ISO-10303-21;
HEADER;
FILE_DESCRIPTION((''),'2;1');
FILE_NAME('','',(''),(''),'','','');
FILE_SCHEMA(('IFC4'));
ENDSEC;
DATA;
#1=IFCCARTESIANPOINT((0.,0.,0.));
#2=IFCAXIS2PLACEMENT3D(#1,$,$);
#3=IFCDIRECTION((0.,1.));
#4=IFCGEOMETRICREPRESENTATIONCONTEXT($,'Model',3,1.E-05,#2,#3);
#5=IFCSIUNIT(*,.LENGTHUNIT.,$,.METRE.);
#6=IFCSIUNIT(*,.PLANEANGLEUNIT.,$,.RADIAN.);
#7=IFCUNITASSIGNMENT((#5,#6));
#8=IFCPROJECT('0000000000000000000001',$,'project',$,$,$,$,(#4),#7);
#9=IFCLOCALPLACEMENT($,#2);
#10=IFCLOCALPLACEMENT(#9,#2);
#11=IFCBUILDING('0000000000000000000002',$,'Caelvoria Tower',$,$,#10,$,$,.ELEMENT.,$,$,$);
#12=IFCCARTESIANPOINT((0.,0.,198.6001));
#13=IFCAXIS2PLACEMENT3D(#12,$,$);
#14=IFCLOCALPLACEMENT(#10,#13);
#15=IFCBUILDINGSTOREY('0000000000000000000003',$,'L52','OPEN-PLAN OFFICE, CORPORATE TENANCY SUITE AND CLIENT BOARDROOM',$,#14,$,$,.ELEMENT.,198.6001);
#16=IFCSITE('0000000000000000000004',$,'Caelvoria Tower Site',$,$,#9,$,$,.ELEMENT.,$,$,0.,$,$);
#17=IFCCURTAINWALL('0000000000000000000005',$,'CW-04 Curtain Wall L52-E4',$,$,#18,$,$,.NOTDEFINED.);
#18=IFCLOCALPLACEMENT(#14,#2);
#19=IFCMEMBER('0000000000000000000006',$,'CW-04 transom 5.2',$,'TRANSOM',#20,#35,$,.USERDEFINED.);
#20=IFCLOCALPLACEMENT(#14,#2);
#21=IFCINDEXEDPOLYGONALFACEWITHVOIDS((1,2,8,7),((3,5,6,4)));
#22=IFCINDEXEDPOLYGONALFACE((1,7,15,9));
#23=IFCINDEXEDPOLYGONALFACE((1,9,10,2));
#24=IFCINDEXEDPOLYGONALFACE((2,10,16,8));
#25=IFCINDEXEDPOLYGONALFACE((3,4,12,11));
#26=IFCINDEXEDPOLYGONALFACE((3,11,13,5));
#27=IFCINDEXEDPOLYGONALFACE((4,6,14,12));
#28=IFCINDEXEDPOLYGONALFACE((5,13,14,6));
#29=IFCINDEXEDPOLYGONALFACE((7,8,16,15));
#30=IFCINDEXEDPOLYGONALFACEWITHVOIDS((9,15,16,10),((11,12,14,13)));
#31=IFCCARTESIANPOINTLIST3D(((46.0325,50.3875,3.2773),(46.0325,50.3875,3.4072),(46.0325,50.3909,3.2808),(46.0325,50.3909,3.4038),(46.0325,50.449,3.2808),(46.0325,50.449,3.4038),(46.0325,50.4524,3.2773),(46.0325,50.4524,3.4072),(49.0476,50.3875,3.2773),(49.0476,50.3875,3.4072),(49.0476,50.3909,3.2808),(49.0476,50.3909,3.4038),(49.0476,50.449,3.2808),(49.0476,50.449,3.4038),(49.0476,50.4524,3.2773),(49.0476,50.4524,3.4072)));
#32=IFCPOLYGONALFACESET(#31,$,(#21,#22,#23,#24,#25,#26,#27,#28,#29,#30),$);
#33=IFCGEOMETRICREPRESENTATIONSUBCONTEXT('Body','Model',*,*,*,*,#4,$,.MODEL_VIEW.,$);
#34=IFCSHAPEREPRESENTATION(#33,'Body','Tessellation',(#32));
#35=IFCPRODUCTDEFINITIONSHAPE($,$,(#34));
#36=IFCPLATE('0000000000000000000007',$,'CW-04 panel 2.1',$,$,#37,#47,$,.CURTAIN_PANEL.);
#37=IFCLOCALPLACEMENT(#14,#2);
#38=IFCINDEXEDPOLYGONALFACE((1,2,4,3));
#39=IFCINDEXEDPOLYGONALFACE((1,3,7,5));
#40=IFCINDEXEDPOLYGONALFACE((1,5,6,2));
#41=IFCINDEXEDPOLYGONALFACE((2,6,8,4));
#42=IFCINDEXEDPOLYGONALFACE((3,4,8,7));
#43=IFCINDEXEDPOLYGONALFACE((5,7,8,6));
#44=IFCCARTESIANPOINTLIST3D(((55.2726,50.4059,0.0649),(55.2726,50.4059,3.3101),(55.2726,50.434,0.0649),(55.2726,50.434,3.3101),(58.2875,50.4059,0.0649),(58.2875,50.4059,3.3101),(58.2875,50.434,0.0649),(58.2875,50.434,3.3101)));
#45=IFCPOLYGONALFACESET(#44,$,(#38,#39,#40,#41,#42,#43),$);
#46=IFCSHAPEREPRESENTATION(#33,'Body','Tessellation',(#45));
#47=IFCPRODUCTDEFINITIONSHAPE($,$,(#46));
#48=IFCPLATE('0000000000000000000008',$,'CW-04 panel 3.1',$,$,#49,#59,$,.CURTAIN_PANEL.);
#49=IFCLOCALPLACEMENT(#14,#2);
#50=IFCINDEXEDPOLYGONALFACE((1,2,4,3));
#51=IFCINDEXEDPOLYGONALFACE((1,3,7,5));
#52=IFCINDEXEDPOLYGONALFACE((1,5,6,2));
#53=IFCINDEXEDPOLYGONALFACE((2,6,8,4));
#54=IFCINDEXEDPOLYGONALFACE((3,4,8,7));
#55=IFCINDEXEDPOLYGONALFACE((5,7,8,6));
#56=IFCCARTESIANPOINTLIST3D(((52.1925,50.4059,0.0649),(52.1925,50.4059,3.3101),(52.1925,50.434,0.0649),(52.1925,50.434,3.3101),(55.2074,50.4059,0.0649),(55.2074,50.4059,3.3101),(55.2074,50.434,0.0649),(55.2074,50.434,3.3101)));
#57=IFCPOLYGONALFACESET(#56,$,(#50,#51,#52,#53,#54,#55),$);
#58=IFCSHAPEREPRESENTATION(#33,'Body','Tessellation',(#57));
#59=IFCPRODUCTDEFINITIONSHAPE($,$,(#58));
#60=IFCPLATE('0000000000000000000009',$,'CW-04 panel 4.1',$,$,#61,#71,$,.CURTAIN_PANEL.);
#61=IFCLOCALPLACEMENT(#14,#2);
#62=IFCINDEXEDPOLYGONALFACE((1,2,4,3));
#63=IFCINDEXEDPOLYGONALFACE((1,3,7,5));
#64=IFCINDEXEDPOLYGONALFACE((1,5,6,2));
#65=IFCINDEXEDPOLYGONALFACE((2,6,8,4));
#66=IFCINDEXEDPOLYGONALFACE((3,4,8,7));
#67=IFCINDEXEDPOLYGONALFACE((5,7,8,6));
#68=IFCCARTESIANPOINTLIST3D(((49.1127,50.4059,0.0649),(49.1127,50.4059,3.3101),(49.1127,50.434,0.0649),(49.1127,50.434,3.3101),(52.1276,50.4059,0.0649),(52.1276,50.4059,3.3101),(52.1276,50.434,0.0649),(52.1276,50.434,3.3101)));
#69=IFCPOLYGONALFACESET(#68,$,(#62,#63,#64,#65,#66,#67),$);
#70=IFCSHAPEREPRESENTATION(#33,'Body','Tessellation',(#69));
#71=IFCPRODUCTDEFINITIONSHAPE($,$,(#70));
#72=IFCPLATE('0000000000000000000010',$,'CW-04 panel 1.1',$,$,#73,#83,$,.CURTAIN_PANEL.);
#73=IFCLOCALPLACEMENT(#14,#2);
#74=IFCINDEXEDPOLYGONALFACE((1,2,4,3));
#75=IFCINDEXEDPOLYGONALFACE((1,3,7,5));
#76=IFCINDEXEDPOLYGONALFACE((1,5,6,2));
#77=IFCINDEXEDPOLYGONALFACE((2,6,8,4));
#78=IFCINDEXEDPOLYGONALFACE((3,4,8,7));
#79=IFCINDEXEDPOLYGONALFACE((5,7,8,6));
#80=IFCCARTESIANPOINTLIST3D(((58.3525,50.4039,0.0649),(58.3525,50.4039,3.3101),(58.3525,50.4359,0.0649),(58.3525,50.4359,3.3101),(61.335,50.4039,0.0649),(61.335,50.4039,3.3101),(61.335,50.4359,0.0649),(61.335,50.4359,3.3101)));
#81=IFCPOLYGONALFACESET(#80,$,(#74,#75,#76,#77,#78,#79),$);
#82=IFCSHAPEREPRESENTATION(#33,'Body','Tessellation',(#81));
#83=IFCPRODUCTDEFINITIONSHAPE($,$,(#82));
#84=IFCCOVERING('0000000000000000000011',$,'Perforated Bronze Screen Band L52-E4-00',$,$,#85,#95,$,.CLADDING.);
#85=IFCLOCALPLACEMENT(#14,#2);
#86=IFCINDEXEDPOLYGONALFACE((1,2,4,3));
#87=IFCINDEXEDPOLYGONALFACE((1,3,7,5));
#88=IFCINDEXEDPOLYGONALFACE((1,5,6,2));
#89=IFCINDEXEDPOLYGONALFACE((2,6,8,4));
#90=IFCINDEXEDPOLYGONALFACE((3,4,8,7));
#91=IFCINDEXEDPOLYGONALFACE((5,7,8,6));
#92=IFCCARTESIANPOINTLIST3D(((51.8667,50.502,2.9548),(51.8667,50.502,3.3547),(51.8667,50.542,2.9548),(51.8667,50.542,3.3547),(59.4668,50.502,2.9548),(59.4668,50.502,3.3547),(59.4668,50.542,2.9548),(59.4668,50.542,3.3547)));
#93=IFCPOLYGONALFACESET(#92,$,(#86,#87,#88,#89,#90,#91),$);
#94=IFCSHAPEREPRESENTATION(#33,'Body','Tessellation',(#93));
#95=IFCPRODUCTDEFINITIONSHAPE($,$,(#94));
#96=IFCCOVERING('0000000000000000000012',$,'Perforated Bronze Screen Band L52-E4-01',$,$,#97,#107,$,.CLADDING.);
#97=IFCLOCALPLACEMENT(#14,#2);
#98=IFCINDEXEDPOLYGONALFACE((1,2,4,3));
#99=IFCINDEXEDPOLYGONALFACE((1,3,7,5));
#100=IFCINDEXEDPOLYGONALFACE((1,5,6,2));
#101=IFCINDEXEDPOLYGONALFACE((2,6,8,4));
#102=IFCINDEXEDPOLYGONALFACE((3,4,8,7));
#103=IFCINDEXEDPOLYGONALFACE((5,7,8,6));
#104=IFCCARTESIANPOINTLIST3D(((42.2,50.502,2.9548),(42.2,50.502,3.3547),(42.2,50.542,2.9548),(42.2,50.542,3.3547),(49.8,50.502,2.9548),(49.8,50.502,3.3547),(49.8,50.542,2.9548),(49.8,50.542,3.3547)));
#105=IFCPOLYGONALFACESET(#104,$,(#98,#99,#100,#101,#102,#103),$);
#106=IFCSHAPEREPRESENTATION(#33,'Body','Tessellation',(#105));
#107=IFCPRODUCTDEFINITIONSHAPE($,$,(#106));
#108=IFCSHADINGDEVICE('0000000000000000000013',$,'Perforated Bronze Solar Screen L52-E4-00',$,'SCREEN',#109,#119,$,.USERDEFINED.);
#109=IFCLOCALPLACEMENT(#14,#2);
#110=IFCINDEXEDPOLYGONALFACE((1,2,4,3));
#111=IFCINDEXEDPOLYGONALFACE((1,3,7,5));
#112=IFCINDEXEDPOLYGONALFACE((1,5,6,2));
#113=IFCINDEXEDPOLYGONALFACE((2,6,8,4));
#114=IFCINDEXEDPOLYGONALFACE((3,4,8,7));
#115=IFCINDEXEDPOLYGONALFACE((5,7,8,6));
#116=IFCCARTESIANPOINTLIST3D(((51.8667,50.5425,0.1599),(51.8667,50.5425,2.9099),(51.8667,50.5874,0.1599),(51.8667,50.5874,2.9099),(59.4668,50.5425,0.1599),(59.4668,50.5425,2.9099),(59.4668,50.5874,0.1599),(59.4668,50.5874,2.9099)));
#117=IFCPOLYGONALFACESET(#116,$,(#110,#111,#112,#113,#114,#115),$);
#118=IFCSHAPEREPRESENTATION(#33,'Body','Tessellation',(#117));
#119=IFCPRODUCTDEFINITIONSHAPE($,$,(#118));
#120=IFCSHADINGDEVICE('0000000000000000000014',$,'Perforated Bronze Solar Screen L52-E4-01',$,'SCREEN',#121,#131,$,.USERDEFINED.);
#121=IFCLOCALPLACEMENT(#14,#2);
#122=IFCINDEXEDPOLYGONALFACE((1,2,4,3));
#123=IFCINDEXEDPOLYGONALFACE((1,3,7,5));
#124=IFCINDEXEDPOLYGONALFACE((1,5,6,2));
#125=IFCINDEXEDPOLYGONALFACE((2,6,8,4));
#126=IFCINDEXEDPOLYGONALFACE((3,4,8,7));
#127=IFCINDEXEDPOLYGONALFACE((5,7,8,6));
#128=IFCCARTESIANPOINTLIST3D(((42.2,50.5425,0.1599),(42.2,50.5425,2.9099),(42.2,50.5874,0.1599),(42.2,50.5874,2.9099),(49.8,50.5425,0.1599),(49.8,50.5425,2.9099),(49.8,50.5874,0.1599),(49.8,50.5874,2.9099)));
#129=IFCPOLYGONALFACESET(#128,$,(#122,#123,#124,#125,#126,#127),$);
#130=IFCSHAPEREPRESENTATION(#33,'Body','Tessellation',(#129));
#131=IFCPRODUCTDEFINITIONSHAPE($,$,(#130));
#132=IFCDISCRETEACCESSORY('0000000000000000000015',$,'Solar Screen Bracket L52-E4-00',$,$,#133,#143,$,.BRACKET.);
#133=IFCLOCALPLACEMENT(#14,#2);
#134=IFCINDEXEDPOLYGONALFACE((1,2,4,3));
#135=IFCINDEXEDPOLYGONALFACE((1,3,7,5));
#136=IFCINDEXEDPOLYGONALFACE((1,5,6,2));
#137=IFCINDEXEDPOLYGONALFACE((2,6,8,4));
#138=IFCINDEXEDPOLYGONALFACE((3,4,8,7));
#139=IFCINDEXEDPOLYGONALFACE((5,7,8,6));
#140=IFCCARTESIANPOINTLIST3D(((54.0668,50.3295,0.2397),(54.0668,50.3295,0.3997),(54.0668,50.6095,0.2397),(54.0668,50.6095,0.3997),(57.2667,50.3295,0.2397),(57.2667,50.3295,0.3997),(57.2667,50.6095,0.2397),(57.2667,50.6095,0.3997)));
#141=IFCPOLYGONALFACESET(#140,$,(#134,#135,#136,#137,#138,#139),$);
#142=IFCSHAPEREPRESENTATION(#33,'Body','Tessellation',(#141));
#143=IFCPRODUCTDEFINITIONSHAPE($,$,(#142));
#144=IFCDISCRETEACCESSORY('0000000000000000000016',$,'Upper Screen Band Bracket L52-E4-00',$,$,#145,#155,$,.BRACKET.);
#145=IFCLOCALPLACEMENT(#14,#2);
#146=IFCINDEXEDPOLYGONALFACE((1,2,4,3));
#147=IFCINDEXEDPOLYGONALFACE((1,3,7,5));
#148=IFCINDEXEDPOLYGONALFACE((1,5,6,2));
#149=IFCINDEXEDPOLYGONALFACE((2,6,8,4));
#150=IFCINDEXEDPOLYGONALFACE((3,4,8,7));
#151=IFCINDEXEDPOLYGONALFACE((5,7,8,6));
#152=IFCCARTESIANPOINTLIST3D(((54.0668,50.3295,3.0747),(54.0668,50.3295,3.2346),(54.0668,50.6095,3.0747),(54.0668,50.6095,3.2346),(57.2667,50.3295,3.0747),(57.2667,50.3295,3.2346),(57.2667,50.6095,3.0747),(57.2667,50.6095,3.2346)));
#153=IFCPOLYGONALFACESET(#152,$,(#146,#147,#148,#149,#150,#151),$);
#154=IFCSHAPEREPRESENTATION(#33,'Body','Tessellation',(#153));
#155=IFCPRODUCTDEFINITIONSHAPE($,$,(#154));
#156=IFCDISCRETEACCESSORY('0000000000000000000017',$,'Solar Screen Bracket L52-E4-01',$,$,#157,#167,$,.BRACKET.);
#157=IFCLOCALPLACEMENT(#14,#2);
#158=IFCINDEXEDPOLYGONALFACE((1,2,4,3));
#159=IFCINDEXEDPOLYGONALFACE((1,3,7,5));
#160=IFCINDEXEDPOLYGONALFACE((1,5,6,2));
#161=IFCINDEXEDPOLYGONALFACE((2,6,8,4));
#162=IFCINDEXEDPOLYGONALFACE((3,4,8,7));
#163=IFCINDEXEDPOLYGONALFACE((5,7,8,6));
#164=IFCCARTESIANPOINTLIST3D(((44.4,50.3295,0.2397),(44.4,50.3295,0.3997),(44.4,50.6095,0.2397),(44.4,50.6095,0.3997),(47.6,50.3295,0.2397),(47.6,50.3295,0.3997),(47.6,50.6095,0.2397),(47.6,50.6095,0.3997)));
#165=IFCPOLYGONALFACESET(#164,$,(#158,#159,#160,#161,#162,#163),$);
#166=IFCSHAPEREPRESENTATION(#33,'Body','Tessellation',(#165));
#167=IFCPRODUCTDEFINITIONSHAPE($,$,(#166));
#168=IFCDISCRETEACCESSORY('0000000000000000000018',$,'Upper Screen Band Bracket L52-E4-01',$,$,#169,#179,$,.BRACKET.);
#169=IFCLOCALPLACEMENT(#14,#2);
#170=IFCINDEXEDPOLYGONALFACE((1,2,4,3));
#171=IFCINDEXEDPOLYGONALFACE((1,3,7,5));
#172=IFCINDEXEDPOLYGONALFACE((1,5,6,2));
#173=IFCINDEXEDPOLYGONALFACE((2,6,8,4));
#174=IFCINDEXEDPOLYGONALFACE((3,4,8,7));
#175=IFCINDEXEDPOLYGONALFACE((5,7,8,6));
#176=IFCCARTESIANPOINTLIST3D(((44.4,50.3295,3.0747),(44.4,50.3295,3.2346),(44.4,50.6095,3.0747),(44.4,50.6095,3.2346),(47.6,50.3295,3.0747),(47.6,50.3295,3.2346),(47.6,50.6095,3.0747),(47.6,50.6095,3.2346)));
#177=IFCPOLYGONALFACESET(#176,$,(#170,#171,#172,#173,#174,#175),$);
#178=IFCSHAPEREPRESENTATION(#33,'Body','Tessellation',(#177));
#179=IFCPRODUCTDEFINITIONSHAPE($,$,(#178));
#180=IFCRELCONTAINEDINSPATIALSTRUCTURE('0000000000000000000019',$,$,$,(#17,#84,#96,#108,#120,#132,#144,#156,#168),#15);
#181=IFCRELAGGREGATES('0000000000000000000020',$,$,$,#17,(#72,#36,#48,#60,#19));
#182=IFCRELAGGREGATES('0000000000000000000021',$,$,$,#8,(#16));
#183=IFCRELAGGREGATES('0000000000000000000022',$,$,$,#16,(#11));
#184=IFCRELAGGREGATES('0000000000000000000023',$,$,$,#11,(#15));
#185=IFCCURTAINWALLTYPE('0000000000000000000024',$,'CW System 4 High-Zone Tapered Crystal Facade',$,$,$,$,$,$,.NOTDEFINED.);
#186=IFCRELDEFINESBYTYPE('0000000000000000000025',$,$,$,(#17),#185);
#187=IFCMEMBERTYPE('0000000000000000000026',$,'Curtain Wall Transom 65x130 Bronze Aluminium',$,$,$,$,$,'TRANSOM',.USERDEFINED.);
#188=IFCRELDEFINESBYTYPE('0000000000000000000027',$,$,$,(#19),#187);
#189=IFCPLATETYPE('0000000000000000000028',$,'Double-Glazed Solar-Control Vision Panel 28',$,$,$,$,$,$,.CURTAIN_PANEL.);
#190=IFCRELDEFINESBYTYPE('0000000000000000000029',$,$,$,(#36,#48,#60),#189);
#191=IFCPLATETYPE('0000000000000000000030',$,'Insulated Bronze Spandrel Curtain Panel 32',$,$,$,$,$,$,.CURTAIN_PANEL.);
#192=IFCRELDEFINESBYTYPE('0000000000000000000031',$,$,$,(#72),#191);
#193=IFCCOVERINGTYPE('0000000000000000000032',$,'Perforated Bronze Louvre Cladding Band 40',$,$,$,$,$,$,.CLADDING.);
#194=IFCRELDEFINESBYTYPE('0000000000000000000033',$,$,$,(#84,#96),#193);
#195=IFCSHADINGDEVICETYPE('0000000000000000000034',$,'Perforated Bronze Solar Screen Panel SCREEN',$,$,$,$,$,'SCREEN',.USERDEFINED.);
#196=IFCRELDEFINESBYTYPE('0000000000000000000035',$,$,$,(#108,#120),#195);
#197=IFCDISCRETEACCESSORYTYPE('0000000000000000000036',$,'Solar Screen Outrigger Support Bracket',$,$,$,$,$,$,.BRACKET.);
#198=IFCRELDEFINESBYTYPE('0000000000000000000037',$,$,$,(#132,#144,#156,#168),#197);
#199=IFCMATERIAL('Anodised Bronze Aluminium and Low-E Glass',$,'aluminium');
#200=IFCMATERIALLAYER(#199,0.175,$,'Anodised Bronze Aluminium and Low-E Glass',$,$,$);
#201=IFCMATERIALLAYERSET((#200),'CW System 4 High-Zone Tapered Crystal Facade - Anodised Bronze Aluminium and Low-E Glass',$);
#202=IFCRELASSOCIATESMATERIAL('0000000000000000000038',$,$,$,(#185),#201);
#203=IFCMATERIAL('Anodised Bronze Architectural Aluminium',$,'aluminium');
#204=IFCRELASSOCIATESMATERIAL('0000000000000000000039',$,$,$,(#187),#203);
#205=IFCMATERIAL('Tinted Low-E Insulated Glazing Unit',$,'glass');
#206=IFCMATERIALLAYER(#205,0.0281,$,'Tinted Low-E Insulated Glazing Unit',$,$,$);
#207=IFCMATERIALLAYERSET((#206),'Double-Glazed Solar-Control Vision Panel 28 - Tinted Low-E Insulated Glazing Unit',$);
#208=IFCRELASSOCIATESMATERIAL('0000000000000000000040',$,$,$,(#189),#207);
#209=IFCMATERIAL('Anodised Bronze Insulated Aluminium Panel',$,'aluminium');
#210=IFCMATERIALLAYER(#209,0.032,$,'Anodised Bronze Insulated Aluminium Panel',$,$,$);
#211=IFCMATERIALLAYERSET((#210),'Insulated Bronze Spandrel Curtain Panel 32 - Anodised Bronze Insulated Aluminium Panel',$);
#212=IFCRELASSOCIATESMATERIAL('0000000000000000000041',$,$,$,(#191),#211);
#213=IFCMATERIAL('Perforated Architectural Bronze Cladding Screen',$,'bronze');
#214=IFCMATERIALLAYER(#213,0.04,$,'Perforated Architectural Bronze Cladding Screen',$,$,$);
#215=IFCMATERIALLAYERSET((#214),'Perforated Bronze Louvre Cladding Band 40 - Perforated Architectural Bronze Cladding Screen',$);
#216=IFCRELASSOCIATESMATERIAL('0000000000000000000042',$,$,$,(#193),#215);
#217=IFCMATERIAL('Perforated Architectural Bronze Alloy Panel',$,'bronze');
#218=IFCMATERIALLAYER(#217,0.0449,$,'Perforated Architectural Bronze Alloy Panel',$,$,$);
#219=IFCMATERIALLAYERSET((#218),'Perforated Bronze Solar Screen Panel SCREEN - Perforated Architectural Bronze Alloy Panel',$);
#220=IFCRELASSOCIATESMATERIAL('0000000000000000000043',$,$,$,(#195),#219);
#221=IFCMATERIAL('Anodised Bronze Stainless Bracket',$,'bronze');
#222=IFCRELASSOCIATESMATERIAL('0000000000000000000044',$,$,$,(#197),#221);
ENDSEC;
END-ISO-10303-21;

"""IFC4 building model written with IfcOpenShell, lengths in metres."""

from ifc_helpers import new_model, si_unit, direction, frame, origin, origin_2d, place, context, subcontext, project, spatial, rectangle, hollow_rectangle, extrude, material, layer, layer_set, material_profile, profile_set, type_object, element, aggregate, save


model = new_model("IFC4")

# Units and contexts
model_context = context("Model", 3, precision=1e-05, world=origin(), true_north=direction((0.0, 1.0)))
body_context = subcontext(model_context, "Body", "Model", "MODEL_VIEW")
ifc_project = project(units=[si_unit("LENGTHUNIT", "METRE"), si_unit("PLANEANGLEUNIT", "RADIAN")], contexts=[model_context])

# Site, building, storey
site_placement = place(None, origin())
site = spatial("IfcSite", under=ifc_project, at=site_placement, Name="Caelvoria Tower Site", CompositionType="ELEMENT", RefElevation=0.0)
building_placement = place(site_placement, origin())
building = spatial("IfcBuilding", under=site, at=building_placement, Name="Caelvoria Tower", CompositionType="ELEMENT")
storey_placement = place(building_placement, frame((0.0, 0.0, 198.6001)))
storey = spatial("IfcBuildingStorey", under=building, at=storey_placement, Name="L52", Description="OPEN-PLAN OFFICE, CORPORATE TENANCY SUITE AND CLIENT BOARDROOM", CompositionType="ELEMENT", Elevation=198.6001)

# Shared definitions
ifc_material_1 = material(Name="Anodised Bronze Aluminium and Low-E Glass", Category="aluminium")
ifc_layer_1 = layer(ifc_material_1, 0.175, Name="Anodised Bronze Aluminium and Low-E Glass")
ifc_layer_set_1 = layer_set([ifc_layer_1], Name="CW System 4 High-Zone Tapered Crystal Facade - Anodised Bronze Aluminium and Low-E Glass")
curtain_wall_type = type_object("IfcCurtainWallType", Name="CW System 4 High-Zone Tapered Crystal Facade", PredefinedType="NOTDEFINED", material=ifc_layer_set_1)
ifc_material_2 = material(Name="Anodised Bronze Architectural Aluminium", Category="aluminium")

# Curtain wall, member, plates
curtain_wall_1_placement = place(storey_placement, origin())
curtain_wall_1 = element("IfcCurtainWall", 1, at=curtain_wall_1_placement, inside=storey, type_object=curtain_wall_type, Name="CW-04 Curtain Wall L52-E4", PredefinedType="NOTDEFINED")
ifc_material_profile_1 = material_profile(ifc_material_2, hollow_rectangle(XDim=0.0649, YDim=0.1299, WallThickness=0.0034, at=origin_2d()), Name="Anodised Bronze Architectural Aluminium")
ifc_profile_set_1 = profile_set([ifc_material_profile_1], Name="CW_TRAN_65X130 - Anodised Bronze Architectural Aluminium")
member_type_1 = type_object("IfcMemberType", Name="Curtain Wall Transom 65x130 Bronze Aluminium", ElementType="TRANSOM", PredefinedType="USERDEFINED", material=ifc_profile_set_1)
member_1_placement = place(storey_placement, frame((49.0476, 50.4199, 3.3423), z_axis=(-1.0, 0.0, 0.0), x_axis=(0.0, -1.0, 0.0)))
member_1 = element("IfcMember", 2, at=member_1_placement, type_object=member_type_1, Name="CW-04 transom 5.2", ObjectType="TRANSOM", PredefinedType="USERDEFINED", context=body_context, shape_type="SweptSolid", body=[
    extrude(hollow_rectangle(XDim=0.0649, YDim=0.1299, WallThickness=0.0034, at=origin_2d()), origin(), (0.0, 0.0, 1.0), 3.0151),
])
ifc_material_3 = material(Name="Tinted Low-E Insulated Glazing Unit", Category="glass")
ifc_layer_2 = layer(ifc_material_3, 0.0281, Name="Tinted Low-E Insulated Glazing Unit")
ifc_layer_set_2 = layer_set([ifc_layer_2], Name="Double-Glazed Solar-Control Vision Panel 28 - Tinted Low-E Insulated Glazing Unit")
plate_type_1 = type_object("IfcPlateType", Name="Double-Glazed Solar-Control Vision Panel 28", PredefinedType="CURTAIN_PANEL", material=ifc_layer_set_2)
plate_1_placement = place(storey_placement, frame((56.78, 50.4199, 0.0649), z_axis=(0.0, 0.0, 1.0), x_axis=(-1.0, 0.0, 0.0)))
plate_1 = element("IfcPlate", 3, at=plate_1_placement, type_object=plate_type_1, Name="CW-04 panel 2.1", PredefinedType="CURTAIN_PANEL", context=body_context, shape_type="SweptSolid", body=[
    extrude(rectangle(XDim=3.0149, YDim=0.0281, at=origin_2d()), origin(), (0.0, 0.0, 1.0), 3.2451),
])
plate_2_placement = place(storey_placement, frame((53.7, 50.4199, 0.0649), z_axis=(0.0, 0.0, 1.0), x_axis=(-1.0, 0.0, 0.0)))
plate_2 = element("IfcPlate", 4, at=plate_2_placement, type_object=plate_type_1, Name="CW-04 panel 3.1", PredefinedType="CURTAIN_PANEL", context=body_context, shape_type="SweptSolid", body=[
    extrude(rectangle(XDim=3.0149, YDim=0.0281, at=origin_2d()), origin(), (0.0, 0.0, 1.0), 3.2451),
])
plate_3_placement = place(storey_placement, frame((50.6201, 50.4199, 0.0649), z_axis=(0.0, 0.0, 1.0), x_axis=(-1.0, 0.0, 0.0)))
plate_3 = element("IfcPlate", 5, at=plate_3_placement, type_object=plate_type_1, Name="CW-04 panel 4.1", PredefinedType="CURTAIN_PANEL", context=body_context, shape_type="SweptSolid", body=[
    extrude(rectangle(XDim=3.0149, YDim=0.0281, at=origin_2d()), origin(), (0.0, 0.0, 1.0), 3.2451),
])
ifc_material_4 = material(Name="Anodised Bronze Insulated Aluminium Panel", Category="aluminium")
ifc_layer_3 = layer(ifc_material_4, 0.032, Name="Anodised Bronze Insulated Aluminium Panel")
ifc_layer_set_3 = layer_set([ifc_layer_3], Name="Insulated Bronze Spandrel Curtain Panel 32 - Anodised Bronze Insulated Aluminium Panel")
plate_type_2 = type_object("IfcPlateType", Name="Insulated Bronze Spandrel Curtain Panel 32", PredefinedType="CURTAIN_PANEL", material=ifc_layer_set_3)
plate_4_placement = place(storey_placement, frame((59.8438, 50.4199, 0.0649), z_axis=(0.0, 0.0, 1.0), x_axis=(-1.0, 0.0, 0.0)))
plate_4 = element("IfcPlate", 6, at=plate_4_placement, type_object=plate_type_2, Name="CW-04 panel 1.1", PredefinedType="CURTAIN_PANEL", context=body_context, shape_type="SweptSolid", body=[
    extrude(rectangle(XDim=2.9824, YDim=0.032, at=origin_2d()), origin(), (0.0, 0.0, 1.0), 3.2451),
])
aggregate(curtain_wall_1, [plate_4, plate_1, plate_2, plate_3, member_1])

# Coverings
ifc_material_5 = material(Name="Perforated Architectural Bronze Cladding Screen", Category="bronze")
ifc_layer_4 = layer(ifc_material_5, 0.04, Name="Perforated Architectural Bronze Cladding Screen")
ifc_layer_set_4 = layer_set([ifc_layer_4], Name="Perforated Bronze Louvre Cladding Band 40 - Perforated Architectural Bronze Cladding Screen")
covering_type = type_object("IfcCoveringType", Name="Perforated Bronze Louvre Cladding Band 40", PredefinedType="CLADDING", material=ifc_layer_set_4)
for number, where, z_axis, x_axis, name in (
    (7, (55.6667, 50.522, 2.9548), (0.0, 0.0, 1.0), (-1.0, 0.0, 0.0), "Perforated Bronze Screen Band L52-E4-00"),
    (8, (46.0, 50.522, 2.9548), (0.0, 0.0, 1.0), (-1.0, 0.0, 0.0), "Perforated Bronze Screen Band L52-E4-01"),
):
    element("IfcCovering", number, at=place(storey_placement, frame(where, z_axis=z_axis, x_axis=x_axis)), inside=storey, type_object=covering_type, Name=name, PredefinedType="CLADDING", context=body_context, shape_type="SweptSolid", body=[
        extrude(rectangle(XDim=7.6001, YDim=0.04, at=origin_2d()), origin(), (0.0, 0.0, 1.0), 0.3999),
    ])

# Shading devices
ifc_material_6 = material(Name="Perforated Architectural Bronze Alloy Panel", Category="bronze")
ifc_layer_5 = layer(ifc_material_6, 0.0449, Name="Perforated Architectural Bronze Alloy Panel")
ifc_layer_set_5 = layer_set([ifc_layer_5], Name="Perforated Bronze Solar Screen Panel SCREEN - Perforated Architectural Bronze Alloy Panel")
shading_device_type = type_object("IfcShadingDeviceType", Name="Perforated Bronze Solar Screen Panel SCREEN", ElementType="SCREEN", PredefinedType="USERDEFINED", material=ifc_layer_set_5)
for number, where, z_axis, x_axis, name in (
    (9, (55.6667, 50.5649, 0.1599), (0.0, 0.0, 1.0), (-1.0, 0.0, 0.0), "Perforated Bronze Solar Screen L52-E4-00"),
    (10, (46.0, 50.5649, 0.1599), (0.0, 0.0, 1.0), (-1.0, 0.0, 0.0), "Perforated Bronze Solar Screen L52-E4-01"),
):
    element("IfcShadingDevice", number, at=place(storey_placement, frame(where, z_axis=z_axis, x_axis=x_axis)), inside=storey, type_object=shading_device_type, Name=name, ObjectType="SCREEN", PredefinedType="USERDEFINED", context=body_context, shape_type="SweptSolid", body=[
        extrude(rectangle(XDim=7.6001, YDim=0.0449, at=origin_2d()), origin(), (0.0, 0.0, 1.0), 2.75),
    ])

# Discrete accessories
ifc_material_7 = material(Name="Anodised Bronze Stainless Bracket", Category="bronze")
discrete_accessory_type = type_object("IfcDiscreteAccessoryType", Name="Solar Screen Outrigger Support Bracket", PredefinedType="BRACKET", material=ifc_material_7)
for number, where, z_axis, x_axis, name in (
    (11, (55.6667, 50.4695, 0.2397), (0.0, 0.0, 1.0), (-1.0, 0.0, 0.0), "Solar Screen Bracket L52-E4-00"),
    (12, (55.6667, 50.4695, 3.0747), (0.0, 0.0, 1.0), (-1.0, 0.0, 0.0), "Upper Screen Band Bracket L52-E4-00"),
    (13, (46.0, 50.4695, 0.2397), (0.0, 0.0, 1.0), (-1.0, 0.0, 0.0), "Solar Screen Bracket L52-E4-01"),
    (14, (46.0, 50.4695, 3.0747), (0.0, 0.0, 1.0), (-1.0, 0.0, 0.0), "Upper Screen Band Bracket L52-E4-01"),
):
    element("IfcDiscreteAccessory", number, at=place(storey_placement, frame(where, z_axis=z_axis, x_axis=x_axis)), inside=storey, type_object=discrete_accessory_type, Name=name, PredefinedType="BRACKET", context=body_context, shape_type="SweptSolid", body=[
        extrude(rectangle(XDim=3.2, YDim=0.28, at=origin_2d()), origin(), (0.0, 0.0, 1.0), 0.1599),
    ])

save(model, "model.ifc")
